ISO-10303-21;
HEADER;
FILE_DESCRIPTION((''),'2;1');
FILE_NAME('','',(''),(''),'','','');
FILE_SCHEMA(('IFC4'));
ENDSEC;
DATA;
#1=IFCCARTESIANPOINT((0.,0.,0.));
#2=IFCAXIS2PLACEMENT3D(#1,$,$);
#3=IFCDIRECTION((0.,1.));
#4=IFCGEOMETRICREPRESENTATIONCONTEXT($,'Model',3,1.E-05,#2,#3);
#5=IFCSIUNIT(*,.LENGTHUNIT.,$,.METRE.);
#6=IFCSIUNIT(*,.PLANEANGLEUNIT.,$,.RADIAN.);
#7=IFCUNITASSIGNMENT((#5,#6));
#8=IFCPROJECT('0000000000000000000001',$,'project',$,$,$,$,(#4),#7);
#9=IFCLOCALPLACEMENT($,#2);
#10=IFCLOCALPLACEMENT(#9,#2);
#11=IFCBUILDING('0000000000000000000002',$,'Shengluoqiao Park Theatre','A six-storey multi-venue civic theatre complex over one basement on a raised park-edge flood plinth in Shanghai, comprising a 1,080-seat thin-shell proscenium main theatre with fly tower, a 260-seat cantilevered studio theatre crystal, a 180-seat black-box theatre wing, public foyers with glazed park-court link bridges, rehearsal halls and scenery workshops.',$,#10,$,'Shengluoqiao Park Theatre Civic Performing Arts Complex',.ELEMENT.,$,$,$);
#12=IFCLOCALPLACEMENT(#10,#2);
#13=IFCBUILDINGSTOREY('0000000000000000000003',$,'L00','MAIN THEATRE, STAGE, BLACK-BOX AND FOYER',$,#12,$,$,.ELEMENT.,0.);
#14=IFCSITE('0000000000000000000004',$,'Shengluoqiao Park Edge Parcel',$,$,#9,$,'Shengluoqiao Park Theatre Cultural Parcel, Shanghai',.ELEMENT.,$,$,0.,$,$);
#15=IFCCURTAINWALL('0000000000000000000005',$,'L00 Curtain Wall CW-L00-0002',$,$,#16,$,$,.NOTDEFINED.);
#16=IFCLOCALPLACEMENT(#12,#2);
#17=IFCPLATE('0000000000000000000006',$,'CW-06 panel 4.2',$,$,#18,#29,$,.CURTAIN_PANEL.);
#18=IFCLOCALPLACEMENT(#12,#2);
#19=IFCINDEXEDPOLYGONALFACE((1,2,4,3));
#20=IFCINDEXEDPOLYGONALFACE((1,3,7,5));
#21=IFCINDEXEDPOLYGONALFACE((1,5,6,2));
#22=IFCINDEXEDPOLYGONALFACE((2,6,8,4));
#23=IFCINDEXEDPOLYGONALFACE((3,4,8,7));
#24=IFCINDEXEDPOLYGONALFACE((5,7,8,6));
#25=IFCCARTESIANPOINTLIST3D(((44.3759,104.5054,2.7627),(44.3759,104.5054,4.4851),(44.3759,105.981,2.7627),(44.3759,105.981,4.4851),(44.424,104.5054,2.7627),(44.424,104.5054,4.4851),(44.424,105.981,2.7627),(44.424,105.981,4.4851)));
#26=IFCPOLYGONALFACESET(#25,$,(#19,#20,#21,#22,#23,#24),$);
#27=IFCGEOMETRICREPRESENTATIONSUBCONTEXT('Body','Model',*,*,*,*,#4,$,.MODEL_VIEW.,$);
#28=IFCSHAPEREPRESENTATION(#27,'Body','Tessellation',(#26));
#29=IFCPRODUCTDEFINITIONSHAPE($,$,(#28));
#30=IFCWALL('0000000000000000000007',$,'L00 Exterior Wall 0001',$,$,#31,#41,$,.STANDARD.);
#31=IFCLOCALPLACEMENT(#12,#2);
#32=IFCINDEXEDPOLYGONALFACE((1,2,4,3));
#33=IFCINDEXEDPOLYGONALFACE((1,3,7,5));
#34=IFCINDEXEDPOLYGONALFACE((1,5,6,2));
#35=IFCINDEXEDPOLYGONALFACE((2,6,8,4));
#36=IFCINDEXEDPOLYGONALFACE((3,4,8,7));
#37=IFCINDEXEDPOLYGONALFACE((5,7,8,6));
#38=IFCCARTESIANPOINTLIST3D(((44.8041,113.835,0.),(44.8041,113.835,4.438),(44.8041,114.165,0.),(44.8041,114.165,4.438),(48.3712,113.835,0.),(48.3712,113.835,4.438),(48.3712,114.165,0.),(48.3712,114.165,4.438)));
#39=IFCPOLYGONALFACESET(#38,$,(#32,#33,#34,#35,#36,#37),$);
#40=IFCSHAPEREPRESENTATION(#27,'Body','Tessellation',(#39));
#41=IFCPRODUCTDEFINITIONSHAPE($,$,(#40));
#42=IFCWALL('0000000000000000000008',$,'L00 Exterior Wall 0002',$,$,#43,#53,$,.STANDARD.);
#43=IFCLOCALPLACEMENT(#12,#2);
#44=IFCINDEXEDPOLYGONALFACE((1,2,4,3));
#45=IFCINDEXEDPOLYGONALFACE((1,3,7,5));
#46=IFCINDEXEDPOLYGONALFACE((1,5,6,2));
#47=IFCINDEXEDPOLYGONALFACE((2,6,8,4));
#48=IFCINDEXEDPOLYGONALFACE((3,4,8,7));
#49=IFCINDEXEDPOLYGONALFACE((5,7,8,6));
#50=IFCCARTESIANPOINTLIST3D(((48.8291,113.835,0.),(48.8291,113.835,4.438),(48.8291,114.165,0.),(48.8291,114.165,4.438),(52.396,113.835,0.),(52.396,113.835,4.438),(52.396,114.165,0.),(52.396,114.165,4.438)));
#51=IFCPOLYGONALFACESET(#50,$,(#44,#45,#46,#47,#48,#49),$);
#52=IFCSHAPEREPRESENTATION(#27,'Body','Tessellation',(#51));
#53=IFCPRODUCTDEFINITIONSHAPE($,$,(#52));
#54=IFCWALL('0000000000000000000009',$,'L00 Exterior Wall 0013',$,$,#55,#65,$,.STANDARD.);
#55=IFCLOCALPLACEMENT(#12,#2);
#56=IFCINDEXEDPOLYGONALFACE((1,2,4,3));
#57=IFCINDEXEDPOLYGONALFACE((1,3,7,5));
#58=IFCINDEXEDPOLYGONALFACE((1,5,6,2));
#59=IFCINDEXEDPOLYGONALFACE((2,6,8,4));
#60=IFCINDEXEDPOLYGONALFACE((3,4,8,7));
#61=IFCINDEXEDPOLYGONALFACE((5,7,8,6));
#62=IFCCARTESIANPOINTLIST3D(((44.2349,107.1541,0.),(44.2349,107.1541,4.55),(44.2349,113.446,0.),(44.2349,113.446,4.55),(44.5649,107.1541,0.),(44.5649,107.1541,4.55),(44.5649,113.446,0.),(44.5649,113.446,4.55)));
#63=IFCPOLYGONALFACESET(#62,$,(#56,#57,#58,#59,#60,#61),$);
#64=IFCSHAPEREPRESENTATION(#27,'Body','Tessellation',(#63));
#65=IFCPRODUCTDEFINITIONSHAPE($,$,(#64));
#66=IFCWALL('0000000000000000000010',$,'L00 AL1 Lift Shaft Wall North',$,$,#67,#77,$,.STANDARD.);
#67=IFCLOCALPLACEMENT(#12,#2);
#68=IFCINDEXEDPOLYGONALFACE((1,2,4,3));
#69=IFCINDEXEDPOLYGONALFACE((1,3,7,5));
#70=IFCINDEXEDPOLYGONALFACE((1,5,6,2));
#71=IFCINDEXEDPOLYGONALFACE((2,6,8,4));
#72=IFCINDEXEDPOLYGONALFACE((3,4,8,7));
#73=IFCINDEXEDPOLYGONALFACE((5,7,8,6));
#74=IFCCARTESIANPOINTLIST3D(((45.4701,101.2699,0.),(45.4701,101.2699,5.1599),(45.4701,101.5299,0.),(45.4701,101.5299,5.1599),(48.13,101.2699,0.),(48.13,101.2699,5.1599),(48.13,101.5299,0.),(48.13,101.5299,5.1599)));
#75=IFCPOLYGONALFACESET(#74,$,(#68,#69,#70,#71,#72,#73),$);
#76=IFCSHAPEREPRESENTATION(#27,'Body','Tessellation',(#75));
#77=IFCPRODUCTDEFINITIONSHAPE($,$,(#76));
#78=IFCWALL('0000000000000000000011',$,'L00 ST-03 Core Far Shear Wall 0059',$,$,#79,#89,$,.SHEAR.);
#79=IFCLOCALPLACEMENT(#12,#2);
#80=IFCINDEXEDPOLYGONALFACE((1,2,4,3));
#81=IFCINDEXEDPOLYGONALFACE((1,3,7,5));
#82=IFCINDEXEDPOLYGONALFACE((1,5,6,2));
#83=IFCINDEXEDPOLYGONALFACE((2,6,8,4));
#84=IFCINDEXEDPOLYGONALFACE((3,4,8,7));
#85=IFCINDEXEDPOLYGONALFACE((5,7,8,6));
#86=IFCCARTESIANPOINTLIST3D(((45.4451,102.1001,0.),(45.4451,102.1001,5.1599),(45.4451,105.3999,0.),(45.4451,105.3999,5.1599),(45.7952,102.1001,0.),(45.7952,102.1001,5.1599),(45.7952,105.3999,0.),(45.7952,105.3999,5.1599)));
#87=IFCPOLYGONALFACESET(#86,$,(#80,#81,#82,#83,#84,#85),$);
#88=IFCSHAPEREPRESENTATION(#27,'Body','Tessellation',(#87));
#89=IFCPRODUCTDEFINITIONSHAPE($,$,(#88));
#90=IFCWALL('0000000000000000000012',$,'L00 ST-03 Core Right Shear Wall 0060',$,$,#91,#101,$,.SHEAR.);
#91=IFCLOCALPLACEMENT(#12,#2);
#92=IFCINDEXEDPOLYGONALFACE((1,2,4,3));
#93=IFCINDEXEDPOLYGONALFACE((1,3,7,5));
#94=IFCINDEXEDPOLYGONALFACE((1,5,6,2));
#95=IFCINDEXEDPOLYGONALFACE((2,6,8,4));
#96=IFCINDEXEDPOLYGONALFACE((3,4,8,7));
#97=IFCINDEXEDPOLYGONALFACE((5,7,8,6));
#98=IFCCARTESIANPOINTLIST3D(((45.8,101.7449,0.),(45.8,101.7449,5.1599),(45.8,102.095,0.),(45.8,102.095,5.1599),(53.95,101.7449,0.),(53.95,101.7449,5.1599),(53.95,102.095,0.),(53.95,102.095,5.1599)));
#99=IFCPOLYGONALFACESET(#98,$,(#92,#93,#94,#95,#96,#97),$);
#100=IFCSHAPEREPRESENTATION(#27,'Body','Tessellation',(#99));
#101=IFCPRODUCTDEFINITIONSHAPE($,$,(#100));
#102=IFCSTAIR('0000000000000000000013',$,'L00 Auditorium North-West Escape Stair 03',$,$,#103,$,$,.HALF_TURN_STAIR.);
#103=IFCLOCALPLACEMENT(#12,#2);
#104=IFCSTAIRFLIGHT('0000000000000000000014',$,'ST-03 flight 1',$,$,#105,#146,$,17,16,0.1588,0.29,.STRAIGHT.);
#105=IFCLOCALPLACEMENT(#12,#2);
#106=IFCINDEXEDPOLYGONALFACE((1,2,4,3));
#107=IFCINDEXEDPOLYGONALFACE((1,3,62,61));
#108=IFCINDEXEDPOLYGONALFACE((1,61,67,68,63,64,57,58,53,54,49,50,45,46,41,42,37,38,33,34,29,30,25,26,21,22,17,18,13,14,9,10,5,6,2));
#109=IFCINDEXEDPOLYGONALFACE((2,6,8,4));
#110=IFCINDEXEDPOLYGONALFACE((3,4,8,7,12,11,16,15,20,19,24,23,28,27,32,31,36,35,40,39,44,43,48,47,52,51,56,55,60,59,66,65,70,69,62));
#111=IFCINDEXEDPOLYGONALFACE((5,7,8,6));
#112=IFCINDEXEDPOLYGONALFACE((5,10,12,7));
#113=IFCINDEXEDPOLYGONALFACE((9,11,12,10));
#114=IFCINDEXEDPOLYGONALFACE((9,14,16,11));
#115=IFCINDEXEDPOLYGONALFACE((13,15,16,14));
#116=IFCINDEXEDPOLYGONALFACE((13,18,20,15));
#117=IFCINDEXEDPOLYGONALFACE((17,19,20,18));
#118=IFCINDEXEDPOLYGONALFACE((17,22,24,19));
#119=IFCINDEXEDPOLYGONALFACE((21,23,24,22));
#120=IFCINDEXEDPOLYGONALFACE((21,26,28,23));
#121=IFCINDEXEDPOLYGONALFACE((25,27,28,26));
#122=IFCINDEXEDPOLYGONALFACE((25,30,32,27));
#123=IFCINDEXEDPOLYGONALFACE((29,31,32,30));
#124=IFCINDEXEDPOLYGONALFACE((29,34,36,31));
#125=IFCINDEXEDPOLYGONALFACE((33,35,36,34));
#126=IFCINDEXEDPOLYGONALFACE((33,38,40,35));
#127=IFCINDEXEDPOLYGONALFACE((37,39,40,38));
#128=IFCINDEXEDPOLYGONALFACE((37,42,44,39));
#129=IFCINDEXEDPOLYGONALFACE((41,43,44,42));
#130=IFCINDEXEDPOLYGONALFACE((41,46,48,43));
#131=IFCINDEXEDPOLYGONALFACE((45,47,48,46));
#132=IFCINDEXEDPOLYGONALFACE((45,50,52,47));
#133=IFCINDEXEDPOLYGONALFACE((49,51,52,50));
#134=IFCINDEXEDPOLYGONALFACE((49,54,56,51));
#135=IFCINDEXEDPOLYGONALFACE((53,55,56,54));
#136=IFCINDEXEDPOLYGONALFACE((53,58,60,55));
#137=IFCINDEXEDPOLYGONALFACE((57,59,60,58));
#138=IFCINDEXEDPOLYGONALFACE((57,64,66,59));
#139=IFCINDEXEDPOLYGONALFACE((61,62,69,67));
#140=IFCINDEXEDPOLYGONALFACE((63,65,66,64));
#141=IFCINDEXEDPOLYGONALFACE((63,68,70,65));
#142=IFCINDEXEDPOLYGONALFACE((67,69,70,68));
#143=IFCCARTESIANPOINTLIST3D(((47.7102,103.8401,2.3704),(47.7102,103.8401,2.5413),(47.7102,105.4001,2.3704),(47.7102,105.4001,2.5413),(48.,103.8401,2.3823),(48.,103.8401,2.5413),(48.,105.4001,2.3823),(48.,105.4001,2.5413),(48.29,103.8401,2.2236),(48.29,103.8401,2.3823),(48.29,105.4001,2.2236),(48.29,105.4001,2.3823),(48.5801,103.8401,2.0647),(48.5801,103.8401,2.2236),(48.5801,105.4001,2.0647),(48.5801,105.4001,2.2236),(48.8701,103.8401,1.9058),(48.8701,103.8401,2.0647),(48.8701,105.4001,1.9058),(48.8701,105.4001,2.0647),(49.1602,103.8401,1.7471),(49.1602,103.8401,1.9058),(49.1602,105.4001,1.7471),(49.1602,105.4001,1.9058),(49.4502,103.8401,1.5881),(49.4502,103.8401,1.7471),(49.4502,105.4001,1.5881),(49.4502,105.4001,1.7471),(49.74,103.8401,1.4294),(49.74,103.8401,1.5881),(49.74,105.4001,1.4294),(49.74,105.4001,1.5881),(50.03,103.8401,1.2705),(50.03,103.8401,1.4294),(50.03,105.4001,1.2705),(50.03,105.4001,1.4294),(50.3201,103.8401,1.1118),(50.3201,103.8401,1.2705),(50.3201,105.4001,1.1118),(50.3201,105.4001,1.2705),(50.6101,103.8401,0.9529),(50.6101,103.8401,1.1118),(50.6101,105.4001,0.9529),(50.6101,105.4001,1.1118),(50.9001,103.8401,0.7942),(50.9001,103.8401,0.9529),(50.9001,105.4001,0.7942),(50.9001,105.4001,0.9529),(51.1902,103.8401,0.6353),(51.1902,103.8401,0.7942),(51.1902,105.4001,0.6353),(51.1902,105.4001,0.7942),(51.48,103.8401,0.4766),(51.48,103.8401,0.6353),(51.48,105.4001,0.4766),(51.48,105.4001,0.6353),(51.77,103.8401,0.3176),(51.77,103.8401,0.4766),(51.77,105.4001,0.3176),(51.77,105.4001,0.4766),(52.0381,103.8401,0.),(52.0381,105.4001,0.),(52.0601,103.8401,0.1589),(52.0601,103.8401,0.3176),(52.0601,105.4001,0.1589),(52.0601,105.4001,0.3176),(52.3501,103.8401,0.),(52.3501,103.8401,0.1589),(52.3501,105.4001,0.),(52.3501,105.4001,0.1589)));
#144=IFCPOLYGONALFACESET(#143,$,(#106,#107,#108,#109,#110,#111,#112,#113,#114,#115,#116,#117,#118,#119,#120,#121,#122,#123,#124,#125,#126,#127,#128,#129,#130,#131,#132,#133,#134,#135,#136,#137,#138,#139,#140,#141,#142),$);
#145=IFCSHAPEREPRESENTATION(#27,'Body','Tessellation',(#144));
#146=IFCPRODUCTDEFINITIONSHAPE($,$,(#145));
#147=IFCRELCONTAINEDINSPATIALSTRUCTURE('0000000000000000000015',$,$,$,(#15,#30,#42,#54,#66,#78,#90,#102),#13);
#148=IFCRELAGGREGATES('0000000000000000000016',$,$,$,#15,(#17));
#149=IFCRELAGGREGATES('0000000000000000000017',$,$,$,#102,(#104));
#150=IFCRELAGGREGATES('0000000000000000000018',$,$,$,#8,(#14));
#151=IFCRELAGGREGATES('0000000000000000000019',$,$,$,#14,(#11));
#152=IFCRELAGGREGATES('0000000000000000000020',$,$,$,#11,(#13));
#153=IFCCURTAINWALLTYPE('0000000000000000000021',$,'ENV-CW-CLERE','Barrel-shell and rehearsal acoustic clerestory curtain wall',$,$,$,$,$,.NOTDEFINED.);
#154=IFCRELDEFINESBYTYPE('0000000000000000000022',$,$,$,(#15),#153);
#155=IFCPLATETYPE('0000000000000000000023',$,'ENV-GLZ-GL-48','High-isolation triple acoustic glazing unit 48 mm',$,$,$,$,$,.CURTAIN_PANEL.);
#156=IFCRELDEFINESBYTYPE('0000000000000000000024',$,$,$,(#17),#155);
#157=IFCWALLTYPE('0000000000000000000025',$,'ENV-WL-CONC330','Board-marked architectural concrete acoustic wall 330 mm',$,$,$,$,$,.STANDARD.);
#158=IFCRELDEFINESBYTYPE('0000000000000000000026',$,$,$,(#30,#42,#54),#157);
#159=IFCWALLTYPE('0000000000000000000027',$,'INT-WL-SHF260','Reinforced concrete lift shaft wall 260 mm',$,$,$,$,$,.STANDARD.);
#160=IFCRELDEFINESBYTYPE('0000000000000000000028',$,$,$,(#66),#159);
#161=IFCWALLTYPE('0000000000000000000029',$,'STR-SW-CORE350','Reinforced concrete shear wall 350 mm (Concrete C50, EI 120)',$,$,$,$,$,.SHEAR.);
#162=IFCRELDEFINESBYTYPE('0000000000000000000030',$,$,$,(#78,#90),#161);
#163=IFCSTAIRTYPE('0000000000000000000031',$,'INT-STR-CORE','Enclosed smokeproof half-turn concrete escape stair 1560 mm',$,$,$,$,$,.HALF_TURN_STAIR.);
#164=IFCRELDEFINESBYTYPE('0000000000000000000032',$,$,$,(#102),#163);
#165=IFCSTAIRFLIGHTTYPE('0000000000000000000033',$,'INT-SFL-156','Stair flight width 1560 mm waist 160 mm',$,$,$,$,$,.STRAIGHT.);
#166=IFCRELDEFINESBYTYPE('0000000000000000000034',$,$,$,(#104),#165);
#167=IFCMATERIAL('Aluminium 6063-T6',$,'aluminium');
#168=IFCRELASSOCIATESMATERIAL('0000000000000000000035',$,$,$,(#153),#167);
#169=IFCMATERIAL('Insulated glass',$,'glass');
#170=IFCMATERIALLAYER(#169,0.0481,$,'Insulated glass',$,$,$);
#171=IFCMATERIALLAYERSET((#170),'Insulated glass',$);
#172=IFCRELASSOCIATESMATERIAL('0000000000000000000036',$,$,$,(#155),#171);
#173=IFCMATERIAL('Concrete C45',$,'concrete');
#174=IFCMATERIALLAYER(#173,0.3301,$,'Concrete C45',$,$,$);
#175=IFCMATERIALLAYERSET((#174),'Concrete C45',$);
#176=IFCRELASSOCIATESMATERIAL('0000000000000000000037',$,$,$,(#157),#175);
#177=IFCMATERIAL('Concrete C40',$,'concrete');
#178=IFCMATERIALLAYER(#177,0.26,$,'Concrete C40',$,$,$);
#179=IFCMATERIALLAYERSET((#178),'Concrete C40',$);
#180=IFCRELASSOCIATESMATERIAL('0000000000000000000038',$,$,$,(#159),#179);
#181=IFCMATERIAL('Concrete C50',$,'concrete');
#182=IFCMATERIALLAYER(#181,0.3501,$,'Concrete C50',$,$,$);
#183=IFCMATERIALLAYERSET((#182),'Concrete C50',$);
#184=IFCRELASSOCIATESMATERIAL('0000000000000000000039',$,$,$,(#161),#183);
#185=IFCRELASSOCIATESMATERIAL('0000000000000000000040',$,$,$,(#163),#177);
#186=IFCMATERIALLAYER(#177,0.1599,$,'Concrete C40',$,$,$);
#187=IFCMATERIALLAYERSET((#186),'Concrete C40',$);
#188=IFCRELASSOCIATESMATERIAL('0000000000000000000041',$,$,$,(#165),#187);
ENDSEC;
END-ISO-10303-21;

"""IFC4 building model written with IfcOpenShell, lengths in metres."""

from ifc_helpers import new_model, si_unit, direction, frame, frame_2d, origin, origin_2d, place, context, subcontext, project, spatial, polyline, rectangle, outline, extrude, material, layer, layer_set, type_object, element, aggregate, save


model = new_model("IFC4")

# Units and contexts
model_context = context("Model", 3, precision=1e-05, world=origin(), true_north=direction((0.0, 1.0)))
body_context = subcontext(model_context, "Body", "Model", "MODEL_VIEW")
ifc_project = project(units=[si_unit("LENGTHUNIT", "METRE"), si_unit("PLANEANGLEUNIT", "RADIAN")], contexts=[model_context])

# Site, building, storey
site_placement = place(None, origin())
site = spatial("IfcSite", under=ifc_project, at=site_placement, Name="Shengluoqiao Park Edge Parcel", LongName="Shengluoqiao Park Theatre Cultural Parcel, Shanghai", CompositionType="ELEMENT", RefElevation=0.0)
building_placement = place(site_placement, origin())
building = spatial("IfcBuilding", under=site, at=building_placement, Name="Shengluoqiao Park Theatre", Description="A six-storey multi-venue civic theatre complex over one basement on a raised park-edge flood plinth in Shanghai, comprising a 1,080-seat thin-shell proscenium main theatre with fly tower, a 260-seat cantilevered studio theatre crystal, a 180-seat black-box theatre wing, public foyers with glazed park-court link bridges, rehearsal halls and scenery workshops.", LongName="Shengluoqiao Park Theatre Civic Performing Arts Complex", CompositionType="ELEMENT")
storey_placement = place(building_placement, origin())
storey = spatial("IfcBuildingStorey", under=building, at=storey_placement, Name="L00", Description="MAIN THEATRE, STAGE, BLACK-BOX AND FOYER", CompositionType="ELEMENT", Elevation=0.0)

# Shared definitions
ifc_material_1 = material(Name="Concrete C50", Category="concrete")

# Curtain wall
ifc_material_2 = material(Name="Aluminium 6063-T6", Category="aluminium")
curtain_wall_type = type_object("IfcCurtainWallType", Name="ENV-CW-CLERE", Description="Barrel-shell and rehearsal acoustic clerestory curtain wall", PredefinedType="NOTDEFINED", material=ifc_material_2)
curtain_wall_placement = place(storey_placement, origin())
curtain_wall = element("IfcCurtainWall", 1, at=curtain_wall_placement, inside=storey, type_object=curtain_wall_type, Name="L00 Curtain Wall CW-L00-0002", PredefinedType="NOTDEFINED")

# Plate
ifc_material_3 = material(Name="Insulated glass", Category="glass")
ifc_layer_1 = layer(ifc_material_3, 0.0481, Name="Insulated glass")
ifc_layer_set_1 = layer_set([ifc_layer_1], Name="Insulated glass")
plate_type = type_object("IfcPlateType", Name="ENV-GLZ-GL-48", Description="High-isolation triple acoustic glazing unit 48 mm", PredefinedType="CURTAIN_PANEL", material=ifc_layer_set_1)
plate_1_placement = place(storey_placement, frame((44.3999, 105.2432, 2.7627), z_axis=(0.0, 0.0, 1.0), x_axis=(0.0, 1.0, 0.0)))
plate_1 = element("IfcPlate", 2, at=plate_1_placement, type_object=plate_type, Name="CW-06 panel 4.2", PredefinedType="CURTAIN_PANEL", context=body_context, shape_type="SweptSolid", body=[
    extrude(rectangle(XDim=1.4756, YDim=0.0481, at=origin_2d()), origin(), (0.0, 0.0, 1.0), 1.7224),
])
aggregate(curtain_wall, [plate_1])

# Walls
ifc_material_4 = material(Name="Concrete C45", Category="concrete")
ifc_layer_2 = layer(ifc_material_4, 0.3301, Name="Concrete C45")
ifc_layer_set_2 = layer_set([ifc_layer_2], Name="Concrete C45")
wall_type_1 = type_object("IfcWallType", Name="ENV-WL-CONC330", Description="Board-marked architectural concrete acoustic wall 330 mm", PredefinedType="STANDARD", material=ifc_layer_set_2)
wall_1_placement = place(storey_placement, frame((44.804, 114.0, 0.0), z_axis=(0.0, 0.0, 1.0), x_axis=(1.0, 0.0, 0.0)))
element("IfcWall", 3, at=wall_1_placement, inside=storey, type_object=wall_type_1, Name="L00 Exterior Wall 0001", PredefinedType="STANDARD", context=body_context, shape_type="SweptSolid", body=[
    extrude(rectangle(XDim=3.5671, YDim=0.3301, at=frame_2d((1.7837, 0.0))), origin(), (0.0, 0.0, 1.0), 4.438),
])
wall_2_placement = place(storey_placement, frame((48.8291, 114.0, 0.0), z_axis=(0.0, 0.0, 1.0), x_axis=(1.0, 0.0, 0.0)))
element("IfcWall", 4, at=wall_2_placement, inside=storey, type_object=wall_type_1, Name="L00 Exterior Wall 0002", PredefinedType="STANDARD", context=body_context, shape_type="SweptSolid", body=[
    extrude(rectangle(XDim=3.5669, YDim=0.3301, at=frame_2d((1.7834, 0.0))), origin(), (0.0, 0.0, 1.0), 4.438),
])
wall_3_placement = place(storey_placement, frame((44.3999, 107.1541, 0.0), z_axis=(0.0, 0.0, 1.0), x_axis=(0.0, 1.0, 0.0)))
element("IfcWall", 5, at=wall_3_placement, inside=storey, type_object=wall_type_1, Name="L00 Exterior Wall 0013", PredefinedType="STANDARD", context=body_context, shape_type="SweptSolid", body=[
    extrude(rectangle(XDim=6.292, YDim=0.3301, at=frame_2d((3.146, 0.0))), origin(), (0.0, 0.0, 1.0), 4.55),
])
ifc_material_5 = material(Name="Concrete C40", Category="concrete")
ifc_layer_3 = layer(ifc_material_5, 0.26, Name="Concrete C40")
ifc_layer_set_3 = layer_set([ifc_layer_3], Name="Concrete C40")
wall_type_2 = type_object("IfcWallType", Name="INT-WL-SHF260", Description="Reinforced concrete lift shaft wall 260 mm", PredefinedType="STANDARD", material=ifc_layer_set_3)
wall_4_placement = place(storey_placement, frame((45.47, 101.3999, 0.0), z_axis=(0.0, 0.0, 1.0), x_axis=(1.0, 0.0, 0.0)))
element("IfcWall", 6, at=wall_4_placement, inside=storey, type_object=wall_type_2, Name="L00 AL1 Lift Shaft Wall North", PredefinedType="STANDARD", context=body_context, shape_type="SweptSolid", body=[
    extrude(rectangle(XDim=2.6599, YDim=0.26, at=frame_2d((1.3301, 0.0))), origin(), (0.0, 0.0, 1.0), 5.1599),
])
ifc_layer_4 = layer(ifc_material_1, 0.3501, Name="Concrete C50")
ifc_layer_set_4 = layer_set([ifc_layer_4], Name="Concrete C50")
wall_type_3 = type_object("IfcWallType", Name="STR-SW-CORE350", Description="Reinforced concrete shear wall 350 mm (Concrete C50, EI 120)", PredefinedType="SHEAR", material=ifc_layer_set_4)
wall_5_placement = place(storey_placement, frame((45.6201, 105.3999, 0.0), z_axis=(0.0, 0.0, 1.0), x_axis=(0.0, -1.0, 0.0)))
element("IfcWall", 7, at=wall_5_placement, inside=storey, type_object=wall_type_3, Name="L00 ST-03 Core Far Shear Wall 0059", PredefinedType="SHEAR", context=body_context, shape_type="SweptSolid", body=[
    extrude(rectangle(XDim=3.2998, YDim=0.3501, at=frame_2d((1.6499, 0.0))), origin(), (0.0, 0.0, 1.0), 5.1599),
])
wall_6_placement = place(storey_placement, frame((45.8, 101.9199, 0.0), z_axis=(0.0, 0.0, 1.0), x_axis=(1.0, 0.0, 0.0)))
element("IfcWall", 8, at=wall_6_placement, inside=storey, type_object=wall_type_3, Name="L00 ST-03 Core Right Shear Wall 0060", PredefinedType="SHEAR", context=body_context, shape_type="SweptSolid", body=[
    extrude(rectangle(XDim=8.1499, YDim=0.3501, at=frame_2d((4.075, 0.0))), origin(), (0.0, 0.0, 1.0), 5.1599),
])

# Stair, stair flight
stair_type = type_object("IfcStairType", Name="INT-STR-CORE", Description="Enclosed smokeproof half-turn concrete escape stair 1560 mm", PredefinedType="HALF_TURN_STAIR", material=ifc_material_5)
stair_placement = place(storey_placement, origin())
stair = element("IfcStair", 9, at=stair_placement, inside=storey, type_object=stair_type, Name="L00 Auditorium North-West Escape Stair 03", PredefinedType="HALF_TURN_STAIR")
ifc_layer_5 = layer(ifc_material_5, 0.1599, Name="Concrete C40")
ifc_layer_set_5 = layer_set([ifc_layer_5], Name="Concrete C40")
stair_flight_type = type_object("IfcStairFlightType", Name="INT-SFL-156", Description="Stair flight width 1560 mm waist 160 mm", PredefinedType="STRAIGHT", material=ifc_layer_set_5)
stair_flight_1_placement = place(storey_placement, frame((52.3501, 104.6201, 0.0), z_axis=(0.0, 0.0, 1.0), x_axis=(-1.0, 0.0, 0.0)))
stair_flight_1 = element("IfcStairFlight", 10, at=stair_flight_1_placement, type_object=stair_flight_type, Name="ST-03 flight 1", NumberOfRisers=17, NumberOfTreads=16, PredefinedType="STRAIGHT", RiserHeight=0.1588, TreadLength=0.29, context=body_context, shape_type="SweptSolid", body=[
    extrude(outline(polyline([(0.0, 0.0), (0.0, 0.1589), (0.29, 0.1589), (0.29, 0.3176), (0.5801, 0.3176), (0.5801, 0.4766), (0.8701, 0.4766), (0.8701, 0.6353), (1.1599, 0.6353), (1.1599, 0.7942), (1.45, 0.7942), (1.45, 0.9529), (1.74, 0.9529), (1.74, 1.1118), (2.03, 1.1118), (2.03, 1.2705), (2.3201, 1.2705), (2.3201, 1.4294), (2.6101, 1.4294), (2.6101, 1.5881), (2.8999, 1.5881), (2.8999, 1.7471), (3.1899, 1.7471), (3.1899, 1.9058), (3.48, 1.9058), (3.48, 2.0647), (3.77, 2.0647), (3.77, 2.2236), (4.0601, 2.2236), (4.0601, 2.3823), (4.3501, 2.3823), (4.3501, 2.5413), (4.6399, 2.5413), (4.6399, 2.7), (4.6399, 2.3704), (0.312, 0.0), (0.0, 0.0)])), frame((0.0, 0.78, 0.0), z_axis=(0.0, -1.0, 0.0), x_axis=(1.0, 0.0, 0.0)), (0.0, 0.0, 1.0), 1.5601),
])
aggregate(stair, [stair_flight_1])

save(model, "model.ifc")
